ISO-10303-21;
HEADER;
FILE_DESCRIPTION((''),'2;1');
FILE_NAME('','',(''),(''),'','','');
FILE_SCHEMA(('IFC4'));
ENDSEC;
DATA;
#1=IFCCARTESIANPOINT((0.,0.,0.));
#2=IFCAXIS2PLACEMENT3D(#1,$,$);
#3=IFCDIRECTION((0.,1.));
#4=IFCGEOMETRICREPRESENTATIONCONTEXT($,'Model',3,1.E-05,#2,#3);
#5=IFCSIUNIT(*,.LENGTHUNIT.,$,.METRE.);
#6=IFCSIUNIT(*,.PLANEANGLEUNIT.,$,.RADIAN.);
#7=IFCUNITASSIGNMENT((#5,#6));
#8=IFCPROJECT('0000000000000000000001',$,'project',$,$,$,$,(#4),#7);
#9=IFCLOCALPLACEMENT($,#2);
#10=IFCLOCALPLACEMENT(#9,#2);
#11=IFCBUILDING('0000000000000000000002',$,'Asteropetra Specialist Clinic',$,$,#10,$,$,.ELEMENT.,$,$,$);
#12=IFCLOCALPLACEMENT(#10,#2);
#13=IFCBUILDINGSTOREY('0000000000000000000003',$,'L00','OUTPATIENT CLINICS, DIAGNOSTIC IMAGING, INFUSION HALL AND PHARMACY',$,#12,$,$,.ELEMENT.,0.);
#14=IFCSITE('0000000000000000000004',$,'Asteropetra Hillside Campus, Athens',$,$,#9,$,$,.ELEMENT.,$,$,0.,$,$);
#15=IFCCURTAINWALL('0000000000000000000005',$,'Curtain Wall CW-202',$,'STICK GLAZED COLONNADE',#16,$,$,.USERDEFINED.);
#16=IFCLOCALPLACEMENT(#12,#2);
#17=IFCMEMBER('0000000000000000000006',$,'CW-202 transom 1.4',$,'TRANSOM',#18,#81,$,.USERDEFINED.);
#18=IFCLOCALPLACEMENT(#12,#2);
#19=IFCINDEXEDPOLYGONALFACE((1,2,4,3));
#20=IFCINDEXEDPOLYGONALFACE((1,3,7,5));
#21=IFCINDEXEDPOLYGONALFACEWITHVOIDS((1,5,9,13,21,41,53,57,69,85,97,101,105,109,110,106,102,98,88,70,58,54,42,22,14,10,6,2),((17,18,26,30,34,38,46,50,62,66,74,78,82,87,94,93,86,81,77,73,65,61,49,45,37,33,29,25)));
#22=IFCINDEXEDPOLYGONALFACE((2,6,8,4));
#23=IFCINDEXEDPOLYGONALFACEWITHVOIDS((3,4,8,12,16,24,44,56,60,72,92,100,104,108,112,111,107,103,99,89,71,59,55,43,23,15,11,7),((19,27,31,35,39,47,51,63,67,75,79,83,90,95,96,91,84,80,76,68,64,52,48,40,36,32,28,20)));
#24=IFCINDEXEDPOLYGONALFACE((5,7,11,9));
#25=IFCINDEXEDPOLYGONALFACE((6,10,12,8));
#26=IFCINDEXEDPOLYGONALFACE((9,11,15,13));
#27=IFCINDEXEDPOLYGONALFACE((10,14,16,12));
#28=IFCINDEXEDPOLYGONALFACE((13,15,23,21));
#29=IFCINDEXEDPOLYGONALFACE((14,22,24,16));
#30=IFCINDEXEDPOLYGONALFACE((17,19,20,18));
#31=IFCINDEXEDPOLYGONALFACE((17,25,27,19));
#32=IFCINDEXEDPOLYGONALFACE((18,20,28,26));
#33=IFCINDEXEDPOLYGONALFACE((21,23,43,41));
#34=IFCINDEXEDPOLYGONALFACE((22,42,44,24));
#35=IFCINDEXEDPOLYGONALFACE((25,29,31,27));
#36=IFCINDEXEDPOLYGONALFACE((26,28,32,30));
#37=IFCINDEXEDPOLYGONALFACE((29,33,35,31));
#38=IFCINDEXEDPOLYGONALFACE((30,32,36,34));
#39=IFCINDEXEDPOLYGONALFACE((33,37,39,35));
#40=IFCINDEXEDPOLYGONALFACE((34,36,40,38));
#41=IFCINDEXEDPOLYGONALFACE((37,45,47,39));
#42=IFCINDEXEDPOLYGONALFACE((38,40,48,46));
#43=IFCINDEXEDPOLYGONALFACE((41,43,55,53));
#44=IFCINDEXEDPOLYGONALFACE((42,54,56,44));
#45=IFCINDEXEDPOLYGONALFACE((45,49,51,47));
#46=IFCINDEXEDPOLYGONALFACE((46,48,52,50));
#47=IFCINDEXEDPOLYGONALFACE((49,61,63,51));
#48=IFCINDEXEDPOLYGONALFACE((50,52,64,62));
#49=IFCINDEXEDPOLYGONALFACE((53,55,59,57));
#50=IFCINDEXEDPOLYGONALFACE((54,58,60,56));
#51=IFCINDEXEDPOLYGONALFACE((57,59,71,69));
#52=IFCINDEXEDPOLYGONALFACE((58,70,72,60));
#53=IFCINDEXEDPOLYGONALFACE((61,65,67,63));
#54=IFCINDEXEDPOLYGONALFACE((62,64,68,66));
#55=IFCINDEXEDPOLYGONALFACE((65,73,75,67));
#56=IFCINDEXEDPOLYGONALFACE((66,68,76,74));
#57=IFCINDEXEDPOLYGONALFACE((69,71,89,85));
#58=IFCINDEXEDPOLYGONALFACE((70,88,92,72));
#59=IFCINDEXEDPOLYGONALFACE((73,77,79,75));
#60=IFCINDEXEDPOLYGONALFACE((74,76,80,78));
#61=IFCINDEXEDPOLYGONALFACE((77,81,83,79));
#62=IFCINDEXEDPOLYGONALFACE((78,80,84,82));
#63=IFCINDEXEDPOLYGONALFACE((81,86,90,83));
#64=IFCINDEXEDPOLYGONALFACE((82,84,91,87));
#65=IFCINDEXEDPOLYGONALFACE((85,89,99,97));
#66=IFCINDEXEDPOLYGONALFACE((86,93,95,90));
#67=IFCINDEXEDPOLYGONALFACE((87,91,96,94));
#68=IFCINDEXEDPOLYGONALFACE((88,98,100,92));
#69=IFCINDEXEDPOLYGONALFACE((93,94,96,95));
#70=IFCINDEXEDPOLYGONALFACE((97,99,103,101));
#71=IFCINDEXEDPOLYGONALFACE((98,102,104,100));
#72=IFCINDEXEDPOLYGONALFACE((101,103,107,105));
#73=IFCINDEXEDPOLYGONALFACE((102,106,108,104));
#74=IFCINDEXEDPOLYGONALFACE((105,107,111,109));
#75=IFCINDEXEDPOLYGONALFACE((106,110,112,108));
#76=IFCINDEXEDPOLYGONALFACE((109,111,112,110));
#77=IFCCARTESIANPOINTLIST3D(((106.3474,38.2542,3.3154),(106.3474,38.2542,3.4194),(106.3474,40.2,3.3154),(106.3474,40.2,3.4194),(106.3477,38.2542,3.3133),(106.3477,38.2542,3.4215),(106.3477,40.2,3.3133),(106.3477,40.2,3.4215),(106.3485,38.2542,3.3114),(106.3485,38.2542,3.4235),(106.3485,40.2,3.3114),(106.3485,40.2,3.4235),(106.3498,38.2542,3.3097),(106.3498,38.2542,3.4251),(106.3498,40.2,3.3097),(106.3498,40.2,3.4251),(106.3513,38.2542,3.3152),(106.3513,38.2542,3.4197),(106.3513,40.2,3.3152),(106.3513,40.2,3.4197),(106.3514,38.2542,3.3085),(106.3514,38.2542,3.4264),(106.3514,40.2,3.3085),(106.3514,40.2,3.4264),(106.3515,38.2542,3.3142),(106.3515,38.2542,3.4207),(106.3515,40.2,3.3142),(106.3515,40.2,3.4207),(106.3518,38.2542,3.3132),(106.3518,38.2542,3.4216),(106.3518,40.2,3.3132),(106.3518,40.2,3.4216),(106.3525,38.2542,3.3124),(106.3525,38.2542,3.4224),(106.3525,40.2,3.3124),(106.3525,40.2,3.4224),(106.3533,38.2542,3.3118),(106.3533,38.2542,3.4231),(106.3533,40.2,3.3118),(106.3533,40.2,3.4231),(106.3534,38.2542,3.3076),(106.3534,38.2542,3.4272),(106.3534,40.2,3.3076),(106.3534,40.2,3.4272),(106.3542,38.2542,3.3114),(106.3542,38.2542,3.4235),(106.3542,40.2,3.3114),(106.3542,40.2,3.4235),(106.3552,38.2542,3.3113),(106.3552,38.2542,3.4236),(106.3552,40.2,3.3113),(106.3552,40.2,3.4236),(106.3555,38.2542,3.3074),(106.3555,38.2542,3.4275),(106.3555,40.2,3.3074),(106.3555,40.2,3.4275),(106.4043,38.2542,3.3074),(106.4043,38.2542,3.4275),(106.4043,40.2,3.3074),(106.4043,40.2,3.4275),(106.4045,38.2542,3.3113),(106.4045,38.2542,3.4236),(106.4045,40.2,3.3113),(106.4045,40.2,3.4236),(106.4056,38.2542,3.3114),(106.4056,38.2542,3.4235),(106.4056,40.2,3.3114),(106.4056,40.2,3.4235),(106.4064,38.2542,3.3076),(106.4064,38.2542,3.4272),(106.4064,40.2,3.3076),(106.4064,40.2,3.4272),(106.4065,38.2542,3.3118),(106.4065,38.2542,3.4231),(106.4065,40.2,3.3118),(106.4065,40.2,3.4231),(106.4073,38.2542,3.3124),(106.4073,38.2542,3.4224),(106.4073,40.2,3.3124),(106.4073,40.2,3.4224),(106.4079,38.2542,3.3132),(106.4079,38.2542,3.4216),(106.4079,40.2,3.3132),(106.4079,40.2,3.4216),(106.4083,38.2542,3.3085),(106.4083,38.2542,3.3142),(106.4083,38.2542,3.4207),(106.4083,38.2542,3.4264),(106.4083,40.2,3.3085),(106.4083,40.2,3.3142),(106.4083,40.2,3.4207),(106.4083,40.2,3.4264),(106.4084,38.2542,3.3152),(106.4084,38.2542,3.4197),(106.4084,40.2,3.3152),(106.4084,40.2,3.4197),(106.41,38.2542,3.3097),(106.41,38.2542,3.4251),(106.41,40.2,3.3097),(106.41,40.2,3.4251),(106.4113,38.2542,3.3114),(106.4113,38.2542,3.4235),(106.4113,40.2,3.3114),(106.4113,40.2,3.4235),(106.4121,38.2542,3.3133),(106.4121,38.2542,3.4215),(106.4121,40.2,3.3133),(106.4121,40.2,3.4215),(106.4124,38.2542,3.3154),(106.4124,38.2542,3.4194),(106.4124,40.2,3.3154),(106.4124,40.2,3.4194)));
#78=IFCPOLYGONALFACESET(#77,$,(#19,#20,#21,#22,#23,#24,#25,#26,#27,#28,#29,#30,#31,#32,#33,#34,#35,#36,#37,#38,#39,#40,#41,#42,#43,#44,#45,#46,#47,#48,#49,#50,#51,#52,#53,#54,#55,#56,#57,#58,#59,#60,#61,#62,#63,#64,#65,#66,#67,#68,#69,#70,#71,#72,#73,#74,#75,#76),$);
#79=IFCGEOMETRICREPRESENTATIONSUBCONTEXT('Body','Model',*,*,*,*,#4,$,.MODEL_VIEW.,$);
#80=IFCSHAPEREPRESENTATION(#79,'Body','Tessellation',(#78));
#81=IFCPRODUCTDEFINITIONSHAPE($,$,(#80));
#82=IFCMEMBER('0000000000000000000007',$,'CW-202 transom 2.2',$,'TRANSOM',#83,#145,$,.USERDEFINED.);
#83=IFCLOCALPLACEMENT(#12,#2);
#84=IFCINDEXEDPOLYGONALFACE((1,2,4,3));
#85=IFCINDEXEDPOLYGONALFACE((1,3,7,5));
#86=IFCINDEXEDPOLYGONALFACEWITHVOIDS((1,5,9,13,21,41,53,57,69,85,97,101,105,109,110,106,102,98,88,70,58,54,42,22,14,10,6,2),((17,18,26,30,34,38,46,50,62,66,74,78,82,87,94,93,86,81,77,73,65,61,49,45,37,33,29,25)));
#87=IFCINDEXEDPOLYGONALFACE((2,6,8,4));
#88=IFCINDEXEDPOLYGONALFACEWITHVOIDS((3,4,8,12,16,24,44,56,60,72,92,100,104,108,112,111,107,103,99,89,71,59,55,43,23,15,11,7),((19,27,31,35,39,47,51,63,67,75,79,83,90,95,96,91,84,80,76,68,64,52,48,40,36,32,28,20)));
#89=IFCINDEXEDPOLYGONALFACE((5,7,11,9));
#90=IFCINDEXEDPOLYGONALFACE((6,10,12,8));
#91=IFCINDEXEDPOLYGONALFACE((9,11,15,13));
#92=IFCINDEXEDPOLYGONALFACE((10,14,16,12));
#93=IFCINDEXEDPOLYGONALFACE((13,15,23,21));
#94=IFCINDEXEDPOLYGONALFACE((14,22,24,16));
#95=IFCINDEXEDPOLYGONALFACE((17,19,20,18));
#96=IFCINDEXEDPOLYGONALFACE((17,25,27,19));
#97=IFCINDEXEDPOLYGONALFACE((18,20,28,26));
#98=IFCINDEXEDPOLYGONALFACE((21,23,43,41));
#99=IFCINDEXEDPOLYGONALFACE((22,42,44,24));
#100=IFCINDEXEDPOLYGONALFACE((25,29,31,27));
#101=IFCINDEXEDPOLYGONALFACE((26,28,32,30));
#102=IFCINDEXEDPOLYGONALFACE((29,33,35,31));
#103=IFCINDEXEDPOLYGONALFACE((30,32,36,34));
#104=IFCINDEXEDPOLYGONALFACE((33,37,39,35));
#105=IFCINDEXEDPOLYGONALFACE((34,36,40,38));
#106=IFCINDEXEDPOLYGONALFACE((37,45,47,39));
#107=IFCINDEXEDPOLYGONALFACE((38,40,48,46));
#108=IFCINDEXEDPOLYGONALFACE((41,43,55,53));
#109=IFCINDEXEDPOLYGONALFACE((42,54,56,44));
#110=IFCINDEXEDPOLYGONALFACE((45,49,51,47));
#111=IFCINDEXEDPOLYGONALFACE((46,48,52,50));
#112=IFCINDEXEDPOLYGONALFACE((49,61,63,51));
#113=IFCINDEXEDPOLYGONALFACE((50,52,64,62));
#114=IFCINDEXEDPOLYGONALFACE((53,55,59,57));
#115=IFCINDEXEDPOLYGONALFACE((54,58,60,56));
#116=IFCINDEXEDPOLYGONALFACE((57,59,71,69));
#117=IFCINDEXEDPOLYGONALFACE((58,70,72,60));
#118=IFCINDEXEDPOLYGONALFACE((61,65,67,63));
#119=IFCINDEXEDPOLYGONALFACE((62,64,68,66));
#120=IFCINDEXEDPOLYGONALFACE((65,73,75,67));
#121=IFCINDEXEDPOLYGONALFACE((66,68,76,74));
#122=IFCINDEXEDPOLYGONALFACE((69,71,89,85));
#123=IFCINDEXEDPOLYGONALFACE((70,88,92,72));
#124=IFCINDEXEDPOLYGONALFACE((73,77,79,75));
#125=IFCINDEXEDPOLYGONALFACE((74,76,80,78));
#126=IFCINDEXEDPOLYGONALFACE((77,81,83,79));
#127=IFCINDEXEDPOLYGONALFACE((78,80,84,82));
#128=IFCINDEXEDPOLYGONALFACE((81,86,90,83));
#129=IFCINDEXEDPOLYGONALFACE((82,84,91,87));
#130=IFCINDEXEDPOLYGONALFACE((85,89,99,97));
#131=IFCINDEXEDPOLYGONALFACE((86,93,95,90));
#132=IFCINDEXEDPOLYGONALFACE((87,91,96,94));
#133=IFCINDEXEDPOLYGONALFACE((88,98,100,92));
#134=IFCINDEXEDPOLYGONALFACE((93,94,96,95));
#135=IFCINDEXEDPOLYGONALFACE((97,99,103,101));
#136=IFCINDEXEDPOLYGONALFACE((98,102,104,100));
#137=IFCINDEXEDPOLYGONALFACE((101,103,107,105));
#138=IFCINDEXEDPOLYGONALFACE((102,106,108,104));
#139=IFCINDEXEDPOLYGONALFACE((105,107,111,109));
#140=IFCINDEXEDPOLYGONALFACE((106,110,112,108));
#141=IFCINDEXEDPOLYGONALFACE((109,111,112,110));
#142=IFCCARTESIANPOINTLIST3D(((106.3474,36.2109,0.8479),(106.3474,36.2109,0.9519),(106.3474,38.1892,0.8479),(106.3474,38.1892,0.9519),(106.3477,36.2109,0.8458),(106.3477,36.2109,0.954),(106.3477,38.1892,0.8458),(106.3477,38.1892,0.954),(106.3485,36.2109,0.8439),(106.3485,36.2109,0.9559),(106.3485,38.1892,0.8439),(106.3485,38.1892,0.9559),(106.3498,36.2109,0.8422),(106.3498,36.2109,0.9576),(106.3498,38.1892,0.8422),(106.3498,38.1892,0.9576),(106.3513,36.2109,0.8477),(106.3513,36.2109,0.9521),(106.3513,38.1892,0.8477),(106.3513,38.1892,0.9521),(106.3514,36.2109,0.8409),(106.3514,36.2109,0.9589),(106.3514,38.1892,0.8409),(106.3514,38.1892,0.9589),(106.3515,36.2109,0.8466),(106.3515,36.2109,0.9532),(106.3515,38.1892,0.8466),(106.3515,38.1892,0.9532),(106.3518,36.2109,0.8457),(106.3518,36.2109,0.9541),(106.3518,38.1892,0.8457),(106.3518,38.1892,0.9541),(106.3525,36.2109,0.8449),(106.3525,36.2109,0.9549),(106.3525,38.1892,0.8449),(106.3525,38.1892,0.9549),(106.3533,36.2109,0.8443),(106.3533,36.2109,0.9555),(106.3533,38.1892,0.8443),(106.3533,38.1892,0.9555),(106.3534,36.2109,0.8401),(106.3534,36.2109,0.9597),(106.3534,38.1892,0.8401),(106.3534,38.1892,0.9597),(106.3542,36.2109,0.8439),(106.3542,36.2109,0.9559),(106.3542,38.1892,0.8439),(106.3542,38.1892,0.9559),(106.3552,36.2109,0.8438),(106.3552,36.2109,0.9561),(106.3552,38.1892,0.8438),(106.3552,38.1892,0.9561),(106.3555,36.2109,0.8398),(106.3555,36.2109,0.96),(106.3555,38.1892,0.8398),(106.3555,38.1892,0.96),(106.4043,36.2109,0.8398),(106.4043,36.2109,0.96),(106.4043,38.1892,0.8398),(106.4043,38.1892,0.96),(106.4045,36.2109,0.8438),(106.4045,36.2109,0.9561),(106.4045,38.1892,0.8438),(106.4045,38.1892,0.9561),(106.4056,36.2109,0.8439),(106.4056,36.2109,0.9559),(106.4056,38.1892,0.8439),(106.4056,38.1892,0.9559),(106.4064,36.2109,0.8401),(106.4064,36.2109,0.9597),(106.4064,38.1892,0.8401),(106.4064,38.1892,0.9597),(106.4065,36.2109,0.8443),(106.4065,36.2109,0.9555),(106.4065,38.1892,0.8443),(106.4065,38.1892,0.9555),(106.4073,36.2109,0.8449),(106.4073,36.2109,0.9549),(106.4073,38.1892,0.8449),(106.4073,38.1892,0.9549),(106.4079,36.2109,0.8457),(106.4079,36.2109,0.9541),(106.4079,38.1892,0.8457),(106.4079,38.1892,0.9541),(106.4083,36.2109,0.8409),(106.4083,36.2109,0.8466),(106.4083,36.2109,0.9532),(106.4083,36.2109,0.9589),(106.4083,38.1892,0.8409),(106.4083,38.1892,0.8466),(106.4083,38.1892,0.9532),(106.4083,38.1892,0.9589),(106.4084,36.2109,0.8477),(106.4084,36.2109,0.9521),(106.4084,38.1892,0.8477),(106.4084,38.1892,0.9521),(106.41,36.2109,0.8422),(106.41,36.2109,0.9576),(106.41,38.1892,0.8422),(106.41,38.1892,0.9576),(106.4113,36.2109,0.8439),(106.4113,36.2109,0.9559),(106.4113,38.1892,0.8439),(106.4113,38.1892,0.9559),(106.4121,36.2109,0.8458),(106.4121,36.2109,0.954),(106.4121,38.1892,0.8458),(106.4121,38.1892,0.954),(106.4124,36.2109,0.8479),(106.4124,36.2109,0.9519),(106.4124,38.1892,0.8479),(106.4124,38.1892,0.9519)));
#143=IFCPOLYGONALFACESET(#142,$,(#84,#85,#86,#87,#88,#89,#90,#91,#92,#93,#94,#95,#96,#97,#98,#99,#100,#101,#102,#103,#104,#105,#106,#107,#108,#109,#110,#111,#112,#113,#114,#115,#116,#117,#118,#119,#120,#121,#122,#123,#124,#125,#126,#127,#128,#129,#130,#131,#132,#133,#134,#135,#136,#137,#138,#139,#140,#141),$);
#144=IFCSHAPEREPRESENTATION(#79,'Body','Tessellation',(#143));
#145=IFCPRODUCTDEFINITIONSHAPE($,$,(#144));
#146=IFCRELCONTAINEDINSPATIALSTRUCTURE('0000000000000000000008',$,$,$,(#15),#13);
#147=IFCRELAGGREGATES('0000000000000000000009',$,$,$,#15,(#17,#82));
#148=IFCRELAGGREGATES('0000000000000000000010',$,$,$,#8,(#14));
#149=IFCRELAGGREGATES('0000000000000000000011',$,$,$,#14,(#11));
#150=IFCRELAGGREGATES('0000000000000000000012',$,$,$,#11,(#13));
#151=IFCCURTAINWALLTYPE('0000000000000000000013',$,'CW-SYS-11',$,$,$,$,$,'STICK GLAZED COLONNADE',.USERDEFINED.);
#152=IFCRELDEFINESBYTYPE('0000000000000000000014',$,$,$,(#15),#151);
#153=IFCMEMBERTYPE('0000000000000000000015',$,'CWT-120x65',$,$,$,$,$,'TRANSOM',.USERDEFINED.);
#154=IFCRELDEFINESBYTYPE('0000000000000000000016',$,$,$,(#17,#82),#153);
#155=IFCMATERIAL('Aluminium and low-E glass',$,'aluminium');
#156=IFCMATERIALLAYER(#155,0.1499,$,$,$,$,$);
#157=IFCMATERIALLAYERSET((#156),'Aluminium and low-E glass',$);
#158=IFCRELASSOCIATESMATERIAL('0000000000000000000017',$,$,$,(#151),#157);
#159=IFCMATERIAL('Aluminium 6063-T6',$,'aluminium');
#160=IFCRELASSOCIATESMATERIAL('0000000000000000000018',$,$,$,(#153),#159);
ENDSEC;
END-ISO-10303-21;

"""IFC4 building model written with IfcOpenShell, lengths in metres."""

from ifc_helpers import new_model, si_unit, direction, frame, origin, origin_2d, place, context, subcontext, project, spatial, hollow_rectangle, extrude, material, layer, layer_set, material_profile, profile_set, type_object, element, aggregate, save


model = new_model("IFC4")

# Units and contexts
model_context = context("Model", 3, precision=1e-05, world=origin(), true_north=direction((0.0, 1.0)))
body_context = subcontext(model_context, "Body", "Model", "MODEL_VIEW")
ifc_project = project(units=[si_unit("LENGTHUNIT", "METRE"), si_unit("PLANEANGLEUNIT", "RADIAN")], contexts=[model_context])

# Site, building, storey
site_placement = place(None, origin())
site = spatial("IfcSite", under=ifc_project, at=site_placement, Name="Asteropetra Hillside Campus, Athens", CompositionType="ELEMENT", RefElevation=0.0)
building_placement = place(site_placement, origin())
building = spatial("IfcBuilding", under=site, at=building_placement, Name="Asteropetra Specialist Clinic", CompositionType="ELEMENT")
storey_placement = place(building_placement, origin())
storey = spatial("IfcBuildingStorey", under=building, at=storey_placement, Name="L00", Description="OUTPATIENT CLINICS, DIAGNOSTIC IMAGING, INFUSION HALL AND PHARMACY", CompositionType="ELEMENT", Elevation=0.0)

# Curtain wall
ifc_material_1 = material(Name="Aluminium and low-E glass", Category="aluminium")
ifc_layer_1 = layer(ifc_material_1, 0.1499)
ifc_layer_set_1 = layer_set([ifc_layer_1], Name="Aluminium and low-E glass")
curtain_wall_type_1 = type_object("IfcCurtainWallType", Name="CW-SYS-11", ElementType="STICK GLAZED COLONNADE", PredefinedType="USERDEFINED", material=ifc_layer_set_1)
curtain_wall_1_placement = place(storey_placement, origin())
curtain_wall_1 = element("IfcCurtainWall", 1, at=curtain_wall_1_placement, inside=storey, type_object=curtain_wall_type_1, Name="Curtain Wall CW-202", ObjectType="STICK GLAZED COLONNADE", PredefinedType="USERDEFINED")

# Members
ifc_material_2 = material(Name="Aluminium 6063-T6", Category="aluminium")
ifc_material_profile_1 = material_profile(ifc_material_2, hollow_rectangle(XDim=0.0649, YDim=0.1201, WallThickness=0.0039, InnerFilletRadius=0.0039, OuterFilletRadius=0.0081, at=origin_2d()), Name="TRN 120x65x4.0")
ifc_profile_set_1 = profile_set([ifc_material_profile_1], Name="Aluminium 6063-T6")
member_type_1 = type_object("IfcMemberType", Name="CWT-120x65", ElementType="TRANSOM", PredefinedType="USERDEFINED", material=ifc_profile_set_1)
member_1_placement = place(storey_placement, frame((106.3799, 40.2, 3.3674), z_axis=(0.0, -1.0, 0.0), x_axis=(1.0, 0.0, 0.0)))
member_1 = element("IfcMember", 2, at=member_1_placement, type_object=member_type_1, Name="CW-202 transom 1.4", ObjectType="TRANSOM", PredefinedType="USERDEFINED", context=body_context, shape_type="SweptSolid", body=[
    extrude(hollow_rectangle(XDim=0.0649, YDim=0.1201, WallThickness=0.0039, InnerFilletRadius=0.0039, OuterFilletRadius=0.0081, at=origin_2d()), origin(), (0.0, 0.0, 1.0), 1.9458),
])
member_2_placement = place(storey_placement, frame((106.3799, 38.1892, 0.8999), z_axis=(0.0, -1.0, 0.0), x_axis=(1.0, 0.0, 0.0)))
member_2 = element("IfcMember", 3, at=member_2_placement, type_object=member_type_1, Name="CW-202 transom 2.2", ObjectType="TRANSOM", PredefinedType="USERDEFINED", context=body_context, shape_type="SweptSolid", body=[
    extrude(hollow_rectangle(XDim=0.0649, YDim=0.1201, WallThickness=0.0039, InnerFilletRadius=0.0039, OuterFilletRadius=0.0081, at=origin_2d()), origin(), (0.0, 0.0, 1.0), 1.9783),
])

aggregate(curtain_wall_1, [member_1, member_2])

save(model, "model.ifc")
